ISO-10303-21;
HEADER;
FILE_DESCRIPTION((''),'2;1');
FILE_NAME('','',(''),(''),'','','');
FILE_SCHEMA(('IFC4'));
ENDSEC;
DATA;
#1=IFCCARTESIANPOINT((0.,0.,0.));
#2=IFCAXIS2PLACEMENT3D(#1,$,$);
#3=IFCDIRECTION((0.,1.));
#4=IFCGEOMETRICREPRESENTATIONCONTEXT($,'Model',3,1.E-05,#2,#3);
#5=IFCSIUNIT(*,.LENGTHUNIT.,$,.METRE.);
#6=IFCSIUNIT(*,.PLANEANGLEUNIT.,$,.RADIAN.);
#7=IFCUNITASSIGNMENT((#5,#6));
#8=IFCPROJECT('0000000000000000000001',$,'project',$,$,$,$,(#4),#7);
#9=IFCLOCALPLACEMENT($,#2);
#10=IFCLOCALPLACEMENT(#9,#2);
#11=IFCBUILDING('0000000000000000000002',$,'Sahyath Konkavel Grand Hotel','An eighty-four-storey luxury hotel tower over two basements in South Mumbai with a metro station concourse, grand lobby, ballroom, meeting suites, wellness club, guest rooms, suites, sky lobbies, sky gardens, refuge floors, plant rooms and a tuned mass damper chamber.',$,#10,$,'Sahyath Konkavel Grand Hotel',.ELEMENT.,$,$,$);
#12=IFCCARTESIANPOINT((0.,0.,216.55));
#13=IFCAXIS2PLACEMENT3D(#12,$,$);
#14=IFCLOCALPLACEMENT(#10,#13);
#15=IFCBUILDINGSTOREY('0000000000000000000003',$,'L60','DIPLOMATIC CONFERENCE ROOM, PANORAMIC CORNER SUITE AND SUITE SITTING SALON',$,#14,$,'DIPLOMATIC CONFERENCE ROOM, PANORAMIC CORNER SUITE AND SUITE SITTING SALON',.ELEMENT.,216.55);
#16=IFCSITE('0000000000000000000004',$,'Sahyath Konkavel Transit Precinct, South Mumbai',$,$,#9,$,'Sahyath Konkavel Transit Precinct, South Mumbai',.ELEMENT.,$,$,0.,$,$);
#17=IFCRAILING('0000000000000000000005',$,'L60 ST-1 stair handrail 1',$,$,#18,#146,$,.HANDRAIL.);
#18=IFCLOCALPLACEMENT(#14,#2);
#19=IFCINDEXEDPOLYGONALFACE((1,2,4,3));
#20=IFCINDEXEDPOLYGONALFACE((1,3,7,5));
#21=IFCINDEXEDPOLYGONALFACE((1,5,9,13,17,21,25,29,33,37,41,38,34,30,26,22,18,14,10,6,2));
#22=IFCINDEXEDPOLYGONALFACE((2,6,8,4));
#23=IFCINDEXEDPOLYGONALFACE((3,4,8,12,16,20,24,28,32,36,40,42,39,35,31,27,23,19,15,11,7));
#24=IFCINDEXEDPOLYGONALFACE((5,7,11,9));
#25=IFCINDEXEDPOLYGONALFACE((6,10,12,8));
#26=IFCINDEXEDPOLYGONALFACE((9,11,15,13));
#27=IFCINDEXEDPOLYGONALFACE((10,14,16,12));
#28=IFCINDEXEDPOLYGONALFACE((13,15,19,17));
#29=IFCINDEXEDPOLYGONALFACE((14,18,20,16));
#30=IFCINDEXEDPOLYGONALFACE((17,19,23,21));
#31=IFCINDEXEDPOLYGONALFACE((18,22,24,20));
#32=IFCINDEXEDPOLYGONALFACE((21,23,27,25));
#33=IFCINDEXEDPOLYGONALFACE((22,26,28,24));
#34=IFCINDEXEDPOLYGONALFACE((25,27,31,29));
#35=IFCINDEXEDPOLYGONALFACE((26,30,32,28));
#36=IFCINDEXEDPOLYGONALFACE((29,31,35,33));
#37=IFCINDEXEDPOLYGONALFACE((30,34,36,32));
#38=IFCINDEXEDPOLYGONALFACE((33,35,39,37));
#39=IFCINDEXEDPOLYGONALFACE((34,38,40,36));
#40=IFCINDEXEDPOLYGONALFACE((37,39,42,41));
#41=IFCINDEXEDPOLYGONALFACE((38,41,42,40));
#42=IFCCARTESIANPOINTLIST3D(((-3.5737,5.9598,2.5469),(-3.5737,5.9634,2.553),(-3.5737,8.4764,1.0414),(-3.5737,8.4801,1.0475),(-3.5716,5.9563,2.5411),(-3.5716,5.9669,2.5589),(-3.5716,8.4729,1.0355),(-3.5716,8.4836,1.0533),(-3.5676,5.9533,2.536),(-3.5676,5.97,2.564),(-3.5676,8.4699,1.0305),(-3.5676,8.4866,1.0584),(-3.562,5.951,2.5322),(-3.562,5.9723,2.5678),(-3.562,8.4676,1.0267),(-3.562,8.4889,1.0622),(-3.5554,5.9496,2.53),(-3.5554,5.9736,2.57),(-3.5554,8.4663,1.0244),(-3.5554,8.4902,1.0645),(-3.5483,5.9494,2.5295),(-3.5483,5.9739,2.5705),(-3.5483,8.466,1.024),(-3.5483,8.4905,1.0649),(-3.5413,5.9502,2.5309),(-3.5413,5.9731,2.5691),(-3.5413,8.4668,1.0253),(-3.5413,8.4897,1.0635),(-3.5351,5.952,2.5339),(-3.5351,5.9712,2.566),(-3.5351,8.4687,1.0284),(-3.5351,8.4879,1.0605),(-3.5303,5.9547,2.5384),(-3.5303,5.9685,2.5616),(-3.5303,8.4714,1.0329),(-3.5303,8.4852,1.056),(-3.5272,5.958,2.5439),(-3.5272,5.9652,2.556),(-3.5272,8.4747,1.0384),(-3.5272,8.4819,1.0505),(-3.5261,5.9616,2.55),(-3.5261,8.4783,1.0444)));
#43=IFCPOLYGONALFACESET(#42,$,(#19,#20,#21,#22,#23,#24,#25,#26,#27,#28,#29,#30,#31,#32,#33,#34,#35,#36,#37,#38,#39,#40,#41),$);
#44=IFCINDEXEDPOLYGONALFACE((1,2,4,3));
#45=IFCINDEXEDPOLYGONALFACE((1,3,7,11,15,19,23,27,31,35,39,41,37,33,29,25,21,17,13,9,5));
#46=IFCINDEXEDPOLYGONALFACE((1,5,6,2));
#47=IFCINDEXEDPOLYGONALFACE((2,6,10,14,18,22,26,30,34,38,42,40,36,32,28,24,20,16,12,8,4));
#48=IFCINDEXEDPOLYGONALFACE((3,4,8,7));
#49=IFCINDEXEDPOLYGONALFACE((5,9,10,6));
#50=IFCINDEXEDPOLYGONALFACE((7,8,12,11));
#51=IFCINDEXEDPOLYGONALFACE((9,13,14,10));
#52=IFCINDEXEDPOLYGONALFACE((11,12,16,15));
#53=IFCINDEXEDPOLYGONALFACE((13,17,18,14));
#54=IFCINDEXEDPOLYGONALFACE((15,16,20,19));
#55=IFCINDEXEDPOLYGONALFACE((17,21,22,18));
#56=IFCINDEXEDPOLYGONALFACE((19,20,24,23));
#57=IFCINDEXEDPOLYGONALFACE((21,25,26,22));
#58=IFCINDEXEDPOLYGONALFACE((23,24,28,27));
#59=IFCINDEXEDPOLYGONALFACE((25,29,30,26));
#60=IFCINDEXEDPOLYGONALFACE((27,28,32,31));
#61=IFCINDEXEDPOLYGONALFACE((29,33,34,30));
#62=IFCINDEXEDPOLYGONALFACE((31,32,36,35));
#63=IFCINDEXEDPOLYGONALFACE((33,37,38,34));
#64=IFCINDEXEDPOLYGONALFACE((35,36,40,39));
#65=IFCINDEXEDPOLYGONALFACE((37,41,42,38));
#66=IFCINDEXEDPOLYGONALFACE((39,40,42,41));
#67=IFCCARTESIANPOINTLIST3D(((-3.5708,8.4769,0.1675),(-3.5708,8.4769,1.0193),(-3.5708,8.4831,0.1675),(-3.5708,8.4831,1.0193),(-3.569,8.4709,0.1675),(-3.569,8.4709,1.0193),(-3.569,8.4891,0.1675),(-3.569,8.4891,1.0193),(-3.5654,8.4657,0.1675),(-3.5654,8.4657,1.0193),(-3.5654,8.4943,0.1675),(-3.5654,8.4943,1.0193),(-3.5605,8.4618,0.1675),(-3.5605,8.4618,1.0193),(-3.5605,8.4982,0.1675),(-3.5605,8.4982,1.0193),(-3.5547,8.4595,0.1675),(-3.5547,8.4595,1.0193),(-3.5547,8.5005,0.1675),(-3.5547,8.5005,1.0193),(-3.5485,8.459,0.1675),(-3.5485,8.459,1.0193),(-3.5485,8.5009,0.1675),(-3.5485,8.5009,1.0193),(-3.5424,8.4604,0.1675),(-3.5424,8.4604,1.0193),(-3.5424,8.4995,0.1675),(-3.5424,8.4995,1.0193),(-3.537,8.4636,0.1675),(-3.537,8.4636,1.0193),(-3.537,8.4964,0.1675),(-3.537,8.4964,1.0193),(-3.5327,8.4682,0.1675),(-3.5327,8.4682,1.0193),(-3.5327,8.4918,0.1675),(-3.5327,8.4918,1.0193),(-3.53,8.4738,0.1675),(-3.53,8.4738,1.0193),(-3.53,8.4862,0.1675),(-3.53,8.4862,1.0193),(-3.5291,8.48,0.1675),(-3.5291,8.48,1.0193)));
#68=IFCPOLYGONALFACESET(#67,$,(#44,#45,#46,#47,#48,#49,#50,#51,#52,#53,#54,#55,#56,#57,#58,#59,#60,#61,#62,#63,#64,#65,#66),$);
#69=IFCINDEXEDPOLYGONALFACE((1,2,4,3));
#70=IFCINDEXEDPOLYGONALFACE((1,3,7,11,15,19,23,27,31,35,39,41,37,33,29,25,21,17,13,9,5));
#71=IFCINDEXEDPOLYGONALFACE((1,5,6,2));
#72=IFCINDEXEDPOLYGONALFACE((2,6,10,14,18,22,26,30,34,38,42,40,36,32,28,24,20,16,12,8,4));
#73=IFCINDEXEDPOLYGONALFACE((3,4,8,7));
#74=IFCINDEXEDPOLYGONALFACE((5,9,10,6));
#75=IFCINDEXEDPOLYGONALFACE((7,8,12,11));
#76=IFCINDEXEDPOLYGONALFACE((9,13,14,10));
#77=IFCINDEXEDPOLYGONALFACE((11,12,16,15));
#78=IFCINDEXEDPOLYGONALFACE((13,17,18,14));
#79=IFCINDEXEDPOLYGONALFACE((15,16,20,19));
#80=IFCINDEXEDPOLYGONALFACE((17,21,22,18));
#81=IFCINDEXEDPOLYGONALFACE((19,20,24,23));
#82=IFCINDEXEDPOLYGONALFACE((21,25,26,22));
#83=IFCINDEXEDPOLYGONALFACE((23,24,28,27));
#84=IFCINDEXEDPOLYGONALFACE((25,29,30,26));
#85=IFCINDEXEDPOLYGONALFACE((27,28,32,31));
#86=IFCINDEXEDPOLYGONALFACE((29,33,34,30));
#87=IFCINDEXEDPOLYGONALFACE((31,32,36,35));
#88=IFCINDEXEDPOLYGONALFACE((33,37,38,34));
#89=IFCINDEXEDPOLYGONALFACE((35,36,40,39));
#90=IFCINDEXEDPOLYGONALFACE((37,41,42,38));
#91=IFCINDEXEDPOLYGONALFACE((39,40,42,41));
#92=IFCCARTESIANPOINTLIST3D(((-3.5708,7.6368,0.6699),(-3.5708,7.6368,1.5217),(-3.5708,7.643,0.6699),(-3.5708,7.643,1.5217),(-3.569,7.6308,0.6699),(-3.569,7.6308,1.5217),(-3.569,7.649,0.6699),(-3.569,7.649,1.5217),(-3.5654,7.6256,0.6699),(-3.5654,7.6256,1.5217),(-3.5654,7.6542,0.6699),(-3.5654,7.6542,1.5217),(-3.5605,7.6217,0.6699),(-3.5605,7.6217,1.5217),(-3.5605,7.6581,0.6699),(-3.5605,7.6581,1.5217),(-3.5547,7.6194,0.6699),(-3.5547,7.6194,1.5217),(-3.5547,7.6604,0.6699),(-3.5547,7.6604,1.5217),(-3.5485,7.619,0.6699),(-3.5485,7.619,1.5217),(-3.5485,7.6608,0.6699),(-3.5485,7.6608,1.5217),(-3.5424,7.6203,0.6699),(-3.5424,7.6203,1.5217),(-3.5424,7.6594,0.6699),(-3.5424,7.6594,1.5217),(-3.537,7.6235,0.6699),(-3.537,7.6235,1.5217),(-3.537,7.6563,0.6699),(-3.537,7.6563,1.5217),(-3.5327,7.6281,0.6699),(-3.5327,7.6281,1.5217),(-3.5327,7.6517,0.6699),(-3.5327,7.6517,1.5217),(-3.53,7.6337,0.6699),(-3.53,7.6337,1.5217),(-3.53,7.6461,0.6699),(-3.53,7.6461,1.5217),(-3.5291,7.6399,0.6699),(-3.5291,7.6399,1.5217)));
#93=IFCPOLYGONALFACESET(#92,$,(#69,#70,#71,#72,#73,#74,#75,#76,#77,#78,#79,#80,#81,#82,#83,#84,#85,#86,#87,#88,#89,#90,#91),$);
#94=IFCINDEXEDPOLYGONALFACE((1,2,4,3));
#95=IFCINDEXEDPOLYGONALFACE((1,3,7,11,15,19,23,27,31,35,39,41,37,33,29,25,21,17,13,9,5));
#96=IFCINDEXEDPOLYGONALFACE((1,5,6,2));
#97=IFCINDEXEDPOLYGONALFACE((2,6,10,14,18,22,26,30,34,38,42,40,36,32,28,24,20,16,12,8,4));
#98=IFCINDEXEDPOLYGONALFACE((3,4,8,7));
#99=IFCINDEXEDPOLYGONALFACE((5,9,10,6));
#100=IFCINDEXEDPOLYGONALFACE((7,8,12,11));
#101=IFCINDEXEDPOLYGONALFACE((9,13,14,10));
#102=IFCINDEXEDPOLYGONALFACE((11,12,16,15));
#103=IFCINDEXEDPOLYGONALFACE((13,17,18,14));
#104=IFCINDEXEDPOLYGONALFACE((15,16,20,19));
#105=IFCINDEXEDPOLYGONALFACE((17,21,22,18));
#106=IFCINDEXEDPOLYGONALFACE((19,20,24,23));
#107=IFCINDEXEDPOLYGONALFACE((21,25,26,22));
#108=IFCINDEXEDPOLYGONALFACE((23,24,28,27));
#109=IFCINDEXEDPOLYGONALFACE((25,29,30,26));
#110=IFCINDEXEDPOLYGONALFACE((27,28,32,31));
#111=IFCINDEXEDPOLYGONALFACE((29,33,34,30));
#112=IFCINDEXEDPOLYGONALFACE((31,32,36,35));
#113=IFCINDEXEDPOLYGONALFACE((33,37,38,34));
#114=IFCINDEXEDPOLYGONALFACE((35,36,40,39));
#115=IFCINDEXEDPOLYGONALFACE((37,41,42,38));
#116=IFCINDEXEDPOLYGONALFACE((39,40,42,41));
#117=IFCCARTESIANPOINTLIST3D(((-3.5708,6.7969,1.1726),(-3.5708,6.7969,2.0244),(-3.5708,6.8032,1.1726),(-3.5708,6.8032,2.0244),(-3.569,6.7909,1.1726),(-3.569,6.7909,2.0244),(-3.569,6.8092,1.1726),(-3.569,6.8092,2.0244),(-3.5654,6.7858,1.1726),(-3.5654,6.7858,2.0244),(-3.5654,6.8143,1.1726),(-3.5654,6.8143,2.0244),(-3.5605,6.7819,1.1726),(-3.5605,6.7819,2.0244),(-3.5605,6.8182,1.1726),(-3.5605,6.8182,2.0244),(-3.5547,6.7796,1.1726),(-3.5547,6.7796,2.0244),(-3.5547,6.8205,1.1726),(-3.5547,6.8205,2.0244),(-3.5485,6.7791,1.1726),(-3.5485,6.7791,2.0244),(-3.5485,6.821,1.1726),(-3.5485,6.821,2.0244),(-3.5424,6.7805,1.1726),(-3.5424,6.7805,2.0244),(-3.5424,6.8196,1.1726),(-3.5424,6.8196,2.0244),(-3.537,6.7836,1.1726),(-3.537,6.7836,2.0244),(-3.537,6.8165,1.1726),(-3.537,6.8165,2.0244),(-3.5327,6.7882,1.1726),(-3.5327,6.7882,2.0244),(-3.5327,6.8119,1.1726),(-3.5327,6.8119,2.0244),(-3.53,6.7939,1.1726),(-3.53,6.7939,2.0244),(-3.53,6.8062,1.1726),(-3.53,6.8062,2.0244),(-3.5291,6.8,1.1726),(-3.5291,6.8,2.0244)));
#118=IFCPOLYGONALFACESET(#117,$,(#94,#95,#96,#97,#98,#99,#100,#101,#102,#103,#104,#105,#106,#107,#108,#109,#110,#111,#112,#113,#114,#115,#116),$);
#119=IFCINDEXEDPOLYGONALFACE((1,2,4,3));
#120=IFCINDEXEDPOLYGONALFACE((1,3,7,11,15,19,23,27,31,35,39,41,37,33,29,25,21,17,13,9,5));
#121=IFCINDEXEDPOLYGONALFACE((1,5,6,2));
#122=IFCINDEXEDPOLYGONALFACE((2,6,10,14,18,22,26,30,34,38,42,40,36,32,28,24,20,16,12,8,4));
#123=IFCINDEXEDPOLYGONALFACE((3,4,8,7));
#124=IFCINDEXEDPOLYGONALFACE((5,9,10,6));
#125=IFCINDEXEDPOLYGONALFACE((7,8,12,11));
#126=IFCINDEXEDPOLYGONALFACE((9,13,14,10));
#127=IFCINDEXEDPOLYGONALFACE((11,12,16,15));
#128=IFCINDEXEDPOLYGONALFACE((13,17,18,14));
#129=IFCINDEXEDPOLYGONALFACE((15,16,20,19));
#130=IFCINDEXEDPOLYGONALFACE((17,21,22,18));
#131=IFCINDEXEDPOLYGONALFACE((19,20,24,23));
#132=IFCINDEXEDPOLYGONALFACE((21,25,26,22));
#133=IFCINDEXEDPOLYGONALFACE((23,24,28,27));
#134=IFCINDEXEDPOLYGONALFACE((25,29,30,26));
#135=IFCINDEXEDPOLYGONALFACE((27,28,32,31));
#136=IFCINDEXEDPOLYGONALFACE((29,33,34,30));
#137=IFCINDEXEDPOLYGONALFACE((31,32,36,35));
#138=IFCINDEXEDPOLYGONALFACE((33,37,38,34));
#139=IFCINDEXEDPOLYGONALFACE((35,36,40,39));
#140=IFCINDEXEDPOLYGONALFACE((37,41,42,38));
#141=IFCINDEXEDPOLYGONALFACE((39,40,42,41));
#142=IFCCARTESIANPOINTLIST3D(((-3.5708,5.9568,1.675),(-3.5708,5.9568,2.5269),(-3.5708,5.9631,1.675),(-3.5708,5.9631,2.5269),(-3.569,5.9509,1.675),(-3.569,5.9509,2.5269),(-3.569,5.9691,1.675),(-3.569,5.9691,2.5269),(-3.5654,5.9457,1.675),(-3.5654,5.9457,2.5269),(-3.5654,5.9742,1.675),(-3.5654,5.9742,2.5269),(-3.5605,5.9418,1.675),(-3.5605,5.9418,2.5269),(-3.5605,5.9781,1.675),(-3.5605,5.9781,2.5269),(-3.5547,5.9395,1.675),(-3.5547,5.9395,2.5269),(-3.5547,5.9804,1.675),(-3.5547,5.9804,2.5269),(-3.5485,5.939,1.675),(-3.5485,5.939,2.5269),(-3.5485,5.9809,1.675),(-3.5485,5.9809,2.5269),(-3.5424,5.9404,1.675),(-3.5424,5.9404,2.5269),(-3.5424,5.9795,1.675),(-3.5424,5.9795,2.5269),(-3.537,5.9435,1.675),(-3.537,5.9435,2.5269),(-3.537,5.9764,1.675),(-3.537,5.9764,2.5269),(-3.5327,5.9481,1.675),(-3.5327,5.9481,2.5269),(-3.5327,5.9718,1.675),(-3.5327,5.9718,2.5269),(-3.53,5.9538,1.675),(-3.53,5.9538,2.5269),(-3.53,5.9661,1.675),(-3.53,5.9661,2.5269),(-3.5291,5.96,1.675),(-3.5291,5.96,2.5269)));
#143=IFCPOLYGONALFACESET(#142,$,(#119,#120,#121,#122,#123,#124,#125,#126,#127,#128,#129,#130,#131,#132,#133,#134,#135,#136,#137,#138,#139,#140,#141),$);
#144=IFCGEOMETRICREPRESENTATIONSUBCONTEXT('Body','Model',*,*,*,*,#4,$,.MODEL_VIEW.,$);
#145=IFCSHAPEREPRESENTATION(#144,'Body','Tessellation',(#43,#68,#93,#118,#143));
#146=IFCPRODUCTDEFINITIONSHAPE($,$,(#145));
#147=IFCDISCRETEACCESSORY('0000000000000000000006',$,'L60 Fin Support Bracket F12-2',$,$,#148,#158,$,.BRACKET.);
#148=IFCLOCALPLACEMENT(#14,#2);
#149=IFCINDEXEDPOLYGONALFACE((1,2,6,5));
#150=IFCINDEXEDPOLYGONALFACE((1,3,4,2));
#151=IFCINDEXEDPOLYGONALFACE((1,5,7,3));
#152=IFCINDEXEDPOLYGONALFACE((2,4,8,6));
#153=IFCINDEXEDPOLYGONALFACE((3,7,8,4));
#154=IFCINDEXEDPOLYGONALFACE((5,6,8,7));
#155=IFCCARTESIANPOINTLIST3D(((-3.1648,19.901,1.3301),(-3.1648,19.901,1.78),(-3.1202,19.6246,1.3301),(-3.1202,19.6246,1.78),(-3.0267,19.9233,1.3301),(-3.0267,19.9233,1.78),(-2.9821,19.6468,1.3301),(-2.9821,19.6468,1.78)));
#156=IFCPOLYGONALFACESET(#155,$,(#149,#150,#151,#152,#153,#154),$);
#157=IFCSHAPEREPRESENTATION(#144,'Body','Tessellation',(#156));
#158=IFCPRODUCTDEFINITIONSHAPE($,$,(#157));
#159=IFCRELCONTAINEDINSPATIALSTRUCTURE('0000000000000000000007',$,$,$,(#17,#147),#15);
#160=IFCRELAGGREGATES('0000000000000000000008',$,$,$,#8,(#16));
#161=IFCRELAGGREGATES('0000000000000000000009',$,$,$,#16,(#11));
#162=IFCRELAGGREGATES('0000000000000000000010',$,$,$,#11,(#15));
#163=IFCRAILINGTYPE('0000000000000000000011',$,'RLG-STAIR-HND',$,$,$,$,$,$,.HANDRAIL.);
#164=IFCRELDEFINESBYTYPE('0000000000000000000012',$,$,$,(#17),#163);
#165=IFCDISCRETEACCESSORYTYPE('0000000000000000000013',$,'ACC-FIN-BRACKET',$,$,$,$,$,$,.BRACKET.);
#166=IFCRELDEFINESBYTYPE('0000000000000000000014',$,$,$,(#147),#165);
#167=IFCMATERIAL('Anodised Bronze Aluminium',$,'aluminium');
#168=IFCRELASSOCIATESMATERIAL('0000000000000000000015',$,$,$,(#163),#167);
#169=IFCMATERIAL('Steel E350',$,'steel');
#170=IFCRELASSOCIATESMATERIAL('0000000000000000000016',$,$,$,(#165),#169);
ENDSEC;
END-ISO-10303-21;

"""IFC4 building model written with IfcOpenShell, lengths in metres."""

from ifc_helpers import new_model, si_unit, direction, frame, origin, origin_2d, place, context, subcontext, project, spatial, rectangle, circle, extrude, source, transform, mapped, material, type_object, element, save


model = new_model("IFC4")

# Units and contexts
model_context = context("Model", 3, precision=1e-05, world=origin(), true_north=direction((0.0, 1.0)))
body_context = subcontext(model_context, "Body", "Model", "MODEL_VIEW")
ifc_project = project(units=[si_unit("LENGTHUNIT", "METRE"), si_unit("PLANEANGLEUNIT", "RADIAN")], contexts=[model_context])

# Site, building, storey
site_placement = place(None, origin())
site = spatial("IfcSite", under=ifc_project, at=site_placement, Name="Sahyath Konkavel Transit Precinct, South Mumbai", LongName="Sahyath Konkavel Transit Precinct, South Mumbai", CompositionType="ELEMENT", RefElevation=0.0)
building_placement = place(site_placement, origin())
building = spatial("IfcBuilding", under=site, at=building_placement, Name="Sahyath Konkavel Grand Hotel", Description="An eighty-four-storey luxury hotel tower over two basements in South Mumbai with a metro station concourse, grand lobby, ballroom, meeting suites, wellness club, guest rooms, suites, sky lobbies, sky gardens, refuge floors, plant rooms and a tuned mass damper chamber.", LongName="Sahyath Konkavel Grand Hotel", CompositionType="ELEMENT")
storey_placement = place(building_placement, frame((0.0, 0.0, 216.55)))
storey = spatial("IfcBuildingStorey", under=building, at=storey_placement, Name="L60", Description="DIPLOMATIC CONFERENCE ROOM, PANORAMIC CORNER SUITE AND SUITE SITTING SALON", LongName="DIPLOMATIC CONFERENCE ROOM, PANORAMIC CORNER SUITE AND SUITE SITTING SALON", CompositionType="ELEMENT", Elevation=216.55)

# Shared definitions
ifc_material_1 = material(Name="Steel E350", Category="steel")

# Shared definitions
ifc_material_2 = material(Name="Anodised Bronze Aluminium", Category="aluminium")

# Railing
railing_type_1 = type_object("IfcRailingType", Name="RLG-STAIR-HND", PredefinedType="HANDRAIL", material=ifc_material_2)
railing_1_placement = place(storey_placement, frame((-3.55, 8.48, 0.1675)))
element("IfcRailing", 1, at=railing_1_placement, inside=storey, type_object=railing_type_1, Name="L60 ST-1 stair handrail 1", PredefinedType="HANDRAIL", context=body_context, shape_type="SweptSolid", body=[
    extrude(circle(Radius=0.0239, at=origin_2d()), frame((0.0, -0.0017, 0.877), z_axis=(0.0, -0.85816, 0.513383), x_axis=(1.0, 0.0, 0.0)), (0.0, 0.0, 1.0), 2.9326),
    extrude(circle(Radius=0.021, at=origin_2d()), origin(), (0.0, 0.0, 1.0), 0.8518),
    extrude(circle(Radius=0.021, at=origin_2d()), frame((0.0, -0.8401, 0.5024)), (0.0, 0.0, 1.0), 0.8518),
    extrude(circle(Radius=0.021, at=origin_2d()), frame((0.0, -1.6799, 1.0051)), (0.0, 0.0, 1.0), 0.8518),
    extrude(circle(Radius=0.021, at=origin_2d()), frame((0.0, -2.52, 1.5076)), (0.0, 0.0, 1.0), 0.8518),
])

# Discrete accessory
discrete_accessory_type = type_object("IfcDiscreteAccessoryType", Name="ACC-FIN-BRACKET", PredefinedType="BRACKET", material=ifc_material_1)
shared_shape_1 = source(origin(), body_context, "Body", "SweptSolid", [
    extrude(rectangle(XDim=0.28, YDim=0.1399, at=origin_2d()), origin(), (0.0, 0.0, 1.0), 0.45),
])
discrete_accessory_placement = place(storey_placement, frame((-3.0735, 19.7739, 1.3301), z_axis=(0.0, 0.0, 1.0), x_axis=(-0.159295, 0.987231, 0.0)))
element("IfcDiscreteAccessory", 2, at=discrete_accessory_placement, inside=storey, type_object=discrete_accessory_type, Name="L60 Fin Support Bracket F12-2", PredefinedType="BRACKET", context=body_context, shape_type="MappedRepresentation", body=[
    mapped(shared_shape_1, transform((0.0, 0.0, 0.0), scale=1.0)),
])

save(model, "model.ifc")
